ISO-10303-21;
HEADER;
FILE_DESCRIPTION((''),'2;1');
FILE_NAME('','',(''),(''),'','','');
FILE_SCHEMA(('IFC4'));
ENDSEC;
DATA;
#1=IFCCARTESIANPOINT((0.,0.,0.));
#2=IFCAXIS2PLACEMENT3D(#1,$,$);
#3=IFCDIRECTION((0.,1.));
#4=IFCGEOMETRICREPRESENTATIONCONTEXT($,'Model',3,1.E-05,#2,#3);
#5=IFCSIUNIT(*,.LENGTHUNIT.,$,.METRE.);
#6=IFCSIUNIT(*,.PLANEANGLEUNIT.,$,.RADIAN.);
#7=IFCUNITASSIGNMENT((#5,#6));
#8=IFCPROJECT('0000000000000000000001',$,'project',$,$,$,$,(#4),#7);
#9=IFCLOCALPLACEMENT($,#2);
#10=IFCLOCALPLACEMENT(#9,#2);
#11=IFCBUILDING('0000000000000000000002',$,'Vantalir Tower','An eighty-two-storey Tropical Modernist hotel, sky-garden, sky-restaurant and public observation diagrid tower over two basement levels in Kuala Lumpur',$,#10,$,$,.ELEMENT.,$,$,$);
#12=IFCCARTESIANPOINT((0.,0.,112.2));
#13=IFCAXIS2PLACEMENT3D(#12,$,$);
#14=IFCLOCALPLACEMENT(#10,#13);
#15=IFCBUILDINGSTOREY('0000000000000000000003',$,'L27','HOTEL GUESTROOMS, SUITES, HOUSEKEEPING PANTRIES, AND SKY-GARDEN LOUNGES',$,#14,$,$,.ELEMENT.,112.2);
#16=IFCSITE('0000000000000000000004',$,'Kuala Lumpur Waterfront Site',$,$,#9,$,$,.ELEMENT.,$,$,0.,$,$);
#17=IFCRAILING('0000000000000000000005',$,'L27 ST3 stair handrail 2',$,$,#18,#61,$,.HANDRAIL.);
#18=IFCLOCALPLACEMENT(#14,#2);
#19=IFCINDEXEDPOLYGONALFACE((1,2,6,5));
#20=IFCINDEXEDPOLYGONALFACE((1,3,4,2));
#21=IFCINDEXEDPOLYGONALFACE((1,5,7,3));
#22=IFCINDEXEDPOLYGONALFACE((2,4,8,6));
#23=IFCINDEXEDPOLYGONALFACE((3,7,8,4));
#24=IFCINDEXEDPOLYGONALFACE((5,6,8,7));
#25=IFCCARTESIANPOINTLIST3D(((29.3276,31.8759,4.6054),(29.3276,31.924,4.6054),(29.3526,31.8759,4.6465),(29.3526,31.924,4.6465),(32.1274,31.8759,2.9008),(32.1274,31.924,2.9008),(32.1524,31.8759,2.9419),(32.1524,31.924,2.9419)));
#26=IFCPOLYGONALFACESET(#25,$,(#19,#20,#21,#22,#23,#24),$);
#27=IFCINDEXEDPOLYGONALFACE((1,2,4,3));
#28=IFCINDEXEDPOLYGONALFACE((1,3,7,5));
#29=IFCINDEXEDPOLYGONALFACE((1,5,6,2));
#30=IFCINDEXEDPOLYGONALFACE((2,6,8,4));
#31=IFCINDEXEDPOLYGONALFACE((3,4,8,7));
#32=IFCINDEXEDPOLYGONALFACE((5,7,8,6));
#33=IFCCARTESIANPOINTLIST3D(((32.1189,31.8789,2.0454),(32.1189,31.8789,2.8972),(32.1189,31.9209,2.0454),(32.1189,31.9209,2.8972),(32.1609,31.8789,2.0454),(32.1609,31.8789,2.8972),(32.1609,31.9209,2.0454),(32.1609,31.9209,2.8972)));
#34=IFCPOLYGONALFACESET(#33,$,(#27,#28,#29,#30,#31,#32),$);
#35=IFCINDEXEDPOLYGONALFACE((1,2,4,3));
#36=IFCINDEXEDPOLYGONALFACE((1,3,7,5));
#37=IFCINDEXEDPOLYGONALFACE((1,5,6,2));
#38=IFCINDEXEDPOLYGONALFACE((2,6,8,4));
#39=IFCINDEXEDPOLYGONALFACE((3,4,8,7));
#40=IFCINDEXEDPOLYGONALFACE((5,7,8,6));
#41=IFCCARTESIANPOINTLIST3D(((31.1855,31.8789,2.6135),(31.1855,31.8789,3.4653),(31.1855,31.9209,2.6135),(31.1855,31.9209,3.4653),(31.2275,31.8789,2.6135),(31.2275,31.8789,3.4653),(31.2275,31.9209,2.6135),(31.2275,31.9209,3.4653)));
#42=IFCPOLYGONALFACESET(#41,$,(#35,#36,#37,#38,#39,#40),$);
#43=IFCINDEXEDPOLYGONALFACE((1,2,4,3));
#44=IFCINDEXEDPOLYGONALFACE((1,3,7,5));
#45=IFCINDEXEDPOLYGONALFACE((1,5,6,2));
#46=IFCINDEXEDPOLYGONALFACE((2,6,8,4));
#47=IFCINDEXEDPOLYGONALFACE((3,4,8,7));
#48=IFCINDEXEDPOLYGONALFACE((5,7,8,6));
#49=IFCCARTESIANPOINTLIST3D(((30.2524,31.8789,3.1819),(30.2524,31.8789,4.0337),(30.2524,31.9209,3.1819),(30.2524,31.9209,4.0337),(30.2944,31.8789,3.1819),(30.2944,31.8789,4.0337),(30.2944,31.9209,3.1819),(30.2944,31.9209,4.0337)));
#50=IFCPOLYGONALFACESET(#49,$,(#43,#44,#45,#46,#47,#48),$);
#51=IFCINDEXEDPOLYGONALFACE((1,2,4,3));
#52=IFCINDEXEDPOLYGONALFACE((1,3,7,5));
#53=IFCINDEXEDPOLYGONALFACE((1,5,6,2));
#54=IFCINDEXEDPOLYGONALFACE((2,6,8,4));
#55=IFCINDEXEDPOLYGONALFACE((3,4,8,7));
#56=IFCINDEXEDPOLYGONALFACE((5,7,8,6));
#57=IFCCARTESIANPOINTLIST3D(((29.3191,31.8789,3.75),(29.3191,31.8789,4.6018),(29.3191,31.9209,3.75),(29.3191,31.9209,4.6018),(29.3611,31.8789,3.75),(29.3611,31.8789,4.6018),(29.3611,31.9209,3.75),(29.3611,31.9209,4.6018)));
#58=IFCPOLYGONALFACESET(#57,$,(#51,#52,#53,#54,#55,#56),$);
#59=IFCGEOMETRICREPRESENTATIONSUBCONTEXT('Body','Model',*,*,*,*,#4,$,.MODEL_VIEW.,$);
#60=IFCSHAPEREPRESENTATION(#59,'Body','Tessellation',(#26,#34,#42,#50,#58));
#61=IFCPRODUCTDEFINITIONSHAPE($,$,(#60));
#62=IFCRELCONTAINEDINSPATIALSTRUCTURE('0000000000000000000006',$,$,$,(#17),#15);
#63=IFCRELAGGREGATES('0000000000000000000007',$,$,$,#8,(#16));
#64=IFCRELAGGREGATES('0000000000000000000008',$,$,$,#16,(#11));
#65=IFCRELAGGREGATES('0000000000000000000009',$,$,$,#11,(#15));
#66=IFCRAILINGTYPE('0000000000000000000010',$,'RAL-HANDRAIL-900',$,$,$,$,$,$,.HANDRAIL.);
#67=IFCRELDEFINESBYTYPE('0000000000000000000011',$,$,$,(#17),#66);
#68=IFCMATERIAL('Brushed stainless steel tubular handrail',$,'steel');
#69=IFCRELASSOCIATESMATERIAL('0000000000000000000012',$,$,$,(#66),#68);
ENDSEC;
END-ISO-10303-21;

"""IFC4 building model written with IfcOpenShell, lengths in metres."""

from ifc_helpers import new_model, si_unit, direction, frame, origin, origin_2d, place, context, subcontext, project, spatial, rectangle, extrude, material, type_object, element, save


model = new_model("IFC4")

# Units and contexts
model_context = context("Model", 3, precision=1e-05, world=origin(), true_north=direction((0.0, 1.0)))
body_context = subcontext(model_context, "Body", "Model", "MODEL_VIEW")
ifc_project = project(units=[si_unit("LENGTHUNIT", "METRE"), si_unit("PLANEANGLEUNIT", "RADIAN")], contexts=[model_context])

# Site, building, storey
site_placement = place(None, origin())
site = spatial("IfcSite", under=ifc_project, at=site_placement, Name="Kuala Lumpur Waterfront Site", CompositionType="ELEMENT", RefElevation=0.0)
building_placement = place(site_placement, origin())
building = spatial("IfcBuilding", under=site, at=building_placement, Name="Vantalir Tower", Description="An eighty-two-storey Tropical Modernist hotel, sky-garden, sky-restaurant and public observation diagrid tower over two basement levels in Kuala Lumpur", CompositionType="ELEMENT")
storey_placement = place(building_placement, frame((0.0, 0.0, 112.2)))
storey = spatial("IfcBuildingStorey", under=building, at=storey_placement, Name="L27", Description="HOTEL GUESTROOMS, SUITES, HOUSEKEEPING PANTRIES, AND SKY-GARDEN LOUNGES", CompositionType="ELEMENT", Elevation=112.2)

# Railing
ifc_material_1 = material(Name="Brushed stainless steel tubular handrail", Category="steel")
railing_type_1 = type_object("IfcRailingType", Name="RAL-HANDRAIL-900", PredefinedType="HANDRAIL", material=ifc_material_1)
railing_1_placement = place(storey_placement, frame((32.1399, 31.8999, 2.0454)))
element("IfcRailing", 1, at=railing_1_placement, inside=storey, type_object=railing_type_1, Name="L27 ST3 stair handrail 2", PredefinedType="HANDRAIL", context=body_context, shape_type="SweptSolid", body=[
    extrude(rectangle(XDim=0.0481, YDim=0.0481, at=origin_2d()), frame((0.0, 0.0, 0.876), z_axis=(-0.85415, 0.0, 0.520027), x_axis=(0.0, -1.0, 0.0)), (0.0, 0.0, 1.0), 3.2778),
    extrude(rectangle(XDim=0.042, YDim=0.042, at=origin_2d()), origin(), (0.0, 0.0, 1.0), 0.8518),
    extrude(rectangle(XDim=0.042, YDim=0.042, at=origin_2d()), frame((-0.9333, 0.0, 0.5681)), (0.0, 0.0, 1.0), 0.8518),
    extrude(rectangle(XDim=0.042, YDim=0.042, at=origin_2d()), frame((-1.8665, 0.0, 1.1365)), (0.0, 0.0, 1.0), 0.8518),
    extrude(rectangle(XDim=0.042, YDim=0.042, at=origin_2d()), frame((-2.7998, 0.0, 1.7046)), (0.0, 0.0, 1.0), 0.8518),
])

save(model, "model.ifc")
